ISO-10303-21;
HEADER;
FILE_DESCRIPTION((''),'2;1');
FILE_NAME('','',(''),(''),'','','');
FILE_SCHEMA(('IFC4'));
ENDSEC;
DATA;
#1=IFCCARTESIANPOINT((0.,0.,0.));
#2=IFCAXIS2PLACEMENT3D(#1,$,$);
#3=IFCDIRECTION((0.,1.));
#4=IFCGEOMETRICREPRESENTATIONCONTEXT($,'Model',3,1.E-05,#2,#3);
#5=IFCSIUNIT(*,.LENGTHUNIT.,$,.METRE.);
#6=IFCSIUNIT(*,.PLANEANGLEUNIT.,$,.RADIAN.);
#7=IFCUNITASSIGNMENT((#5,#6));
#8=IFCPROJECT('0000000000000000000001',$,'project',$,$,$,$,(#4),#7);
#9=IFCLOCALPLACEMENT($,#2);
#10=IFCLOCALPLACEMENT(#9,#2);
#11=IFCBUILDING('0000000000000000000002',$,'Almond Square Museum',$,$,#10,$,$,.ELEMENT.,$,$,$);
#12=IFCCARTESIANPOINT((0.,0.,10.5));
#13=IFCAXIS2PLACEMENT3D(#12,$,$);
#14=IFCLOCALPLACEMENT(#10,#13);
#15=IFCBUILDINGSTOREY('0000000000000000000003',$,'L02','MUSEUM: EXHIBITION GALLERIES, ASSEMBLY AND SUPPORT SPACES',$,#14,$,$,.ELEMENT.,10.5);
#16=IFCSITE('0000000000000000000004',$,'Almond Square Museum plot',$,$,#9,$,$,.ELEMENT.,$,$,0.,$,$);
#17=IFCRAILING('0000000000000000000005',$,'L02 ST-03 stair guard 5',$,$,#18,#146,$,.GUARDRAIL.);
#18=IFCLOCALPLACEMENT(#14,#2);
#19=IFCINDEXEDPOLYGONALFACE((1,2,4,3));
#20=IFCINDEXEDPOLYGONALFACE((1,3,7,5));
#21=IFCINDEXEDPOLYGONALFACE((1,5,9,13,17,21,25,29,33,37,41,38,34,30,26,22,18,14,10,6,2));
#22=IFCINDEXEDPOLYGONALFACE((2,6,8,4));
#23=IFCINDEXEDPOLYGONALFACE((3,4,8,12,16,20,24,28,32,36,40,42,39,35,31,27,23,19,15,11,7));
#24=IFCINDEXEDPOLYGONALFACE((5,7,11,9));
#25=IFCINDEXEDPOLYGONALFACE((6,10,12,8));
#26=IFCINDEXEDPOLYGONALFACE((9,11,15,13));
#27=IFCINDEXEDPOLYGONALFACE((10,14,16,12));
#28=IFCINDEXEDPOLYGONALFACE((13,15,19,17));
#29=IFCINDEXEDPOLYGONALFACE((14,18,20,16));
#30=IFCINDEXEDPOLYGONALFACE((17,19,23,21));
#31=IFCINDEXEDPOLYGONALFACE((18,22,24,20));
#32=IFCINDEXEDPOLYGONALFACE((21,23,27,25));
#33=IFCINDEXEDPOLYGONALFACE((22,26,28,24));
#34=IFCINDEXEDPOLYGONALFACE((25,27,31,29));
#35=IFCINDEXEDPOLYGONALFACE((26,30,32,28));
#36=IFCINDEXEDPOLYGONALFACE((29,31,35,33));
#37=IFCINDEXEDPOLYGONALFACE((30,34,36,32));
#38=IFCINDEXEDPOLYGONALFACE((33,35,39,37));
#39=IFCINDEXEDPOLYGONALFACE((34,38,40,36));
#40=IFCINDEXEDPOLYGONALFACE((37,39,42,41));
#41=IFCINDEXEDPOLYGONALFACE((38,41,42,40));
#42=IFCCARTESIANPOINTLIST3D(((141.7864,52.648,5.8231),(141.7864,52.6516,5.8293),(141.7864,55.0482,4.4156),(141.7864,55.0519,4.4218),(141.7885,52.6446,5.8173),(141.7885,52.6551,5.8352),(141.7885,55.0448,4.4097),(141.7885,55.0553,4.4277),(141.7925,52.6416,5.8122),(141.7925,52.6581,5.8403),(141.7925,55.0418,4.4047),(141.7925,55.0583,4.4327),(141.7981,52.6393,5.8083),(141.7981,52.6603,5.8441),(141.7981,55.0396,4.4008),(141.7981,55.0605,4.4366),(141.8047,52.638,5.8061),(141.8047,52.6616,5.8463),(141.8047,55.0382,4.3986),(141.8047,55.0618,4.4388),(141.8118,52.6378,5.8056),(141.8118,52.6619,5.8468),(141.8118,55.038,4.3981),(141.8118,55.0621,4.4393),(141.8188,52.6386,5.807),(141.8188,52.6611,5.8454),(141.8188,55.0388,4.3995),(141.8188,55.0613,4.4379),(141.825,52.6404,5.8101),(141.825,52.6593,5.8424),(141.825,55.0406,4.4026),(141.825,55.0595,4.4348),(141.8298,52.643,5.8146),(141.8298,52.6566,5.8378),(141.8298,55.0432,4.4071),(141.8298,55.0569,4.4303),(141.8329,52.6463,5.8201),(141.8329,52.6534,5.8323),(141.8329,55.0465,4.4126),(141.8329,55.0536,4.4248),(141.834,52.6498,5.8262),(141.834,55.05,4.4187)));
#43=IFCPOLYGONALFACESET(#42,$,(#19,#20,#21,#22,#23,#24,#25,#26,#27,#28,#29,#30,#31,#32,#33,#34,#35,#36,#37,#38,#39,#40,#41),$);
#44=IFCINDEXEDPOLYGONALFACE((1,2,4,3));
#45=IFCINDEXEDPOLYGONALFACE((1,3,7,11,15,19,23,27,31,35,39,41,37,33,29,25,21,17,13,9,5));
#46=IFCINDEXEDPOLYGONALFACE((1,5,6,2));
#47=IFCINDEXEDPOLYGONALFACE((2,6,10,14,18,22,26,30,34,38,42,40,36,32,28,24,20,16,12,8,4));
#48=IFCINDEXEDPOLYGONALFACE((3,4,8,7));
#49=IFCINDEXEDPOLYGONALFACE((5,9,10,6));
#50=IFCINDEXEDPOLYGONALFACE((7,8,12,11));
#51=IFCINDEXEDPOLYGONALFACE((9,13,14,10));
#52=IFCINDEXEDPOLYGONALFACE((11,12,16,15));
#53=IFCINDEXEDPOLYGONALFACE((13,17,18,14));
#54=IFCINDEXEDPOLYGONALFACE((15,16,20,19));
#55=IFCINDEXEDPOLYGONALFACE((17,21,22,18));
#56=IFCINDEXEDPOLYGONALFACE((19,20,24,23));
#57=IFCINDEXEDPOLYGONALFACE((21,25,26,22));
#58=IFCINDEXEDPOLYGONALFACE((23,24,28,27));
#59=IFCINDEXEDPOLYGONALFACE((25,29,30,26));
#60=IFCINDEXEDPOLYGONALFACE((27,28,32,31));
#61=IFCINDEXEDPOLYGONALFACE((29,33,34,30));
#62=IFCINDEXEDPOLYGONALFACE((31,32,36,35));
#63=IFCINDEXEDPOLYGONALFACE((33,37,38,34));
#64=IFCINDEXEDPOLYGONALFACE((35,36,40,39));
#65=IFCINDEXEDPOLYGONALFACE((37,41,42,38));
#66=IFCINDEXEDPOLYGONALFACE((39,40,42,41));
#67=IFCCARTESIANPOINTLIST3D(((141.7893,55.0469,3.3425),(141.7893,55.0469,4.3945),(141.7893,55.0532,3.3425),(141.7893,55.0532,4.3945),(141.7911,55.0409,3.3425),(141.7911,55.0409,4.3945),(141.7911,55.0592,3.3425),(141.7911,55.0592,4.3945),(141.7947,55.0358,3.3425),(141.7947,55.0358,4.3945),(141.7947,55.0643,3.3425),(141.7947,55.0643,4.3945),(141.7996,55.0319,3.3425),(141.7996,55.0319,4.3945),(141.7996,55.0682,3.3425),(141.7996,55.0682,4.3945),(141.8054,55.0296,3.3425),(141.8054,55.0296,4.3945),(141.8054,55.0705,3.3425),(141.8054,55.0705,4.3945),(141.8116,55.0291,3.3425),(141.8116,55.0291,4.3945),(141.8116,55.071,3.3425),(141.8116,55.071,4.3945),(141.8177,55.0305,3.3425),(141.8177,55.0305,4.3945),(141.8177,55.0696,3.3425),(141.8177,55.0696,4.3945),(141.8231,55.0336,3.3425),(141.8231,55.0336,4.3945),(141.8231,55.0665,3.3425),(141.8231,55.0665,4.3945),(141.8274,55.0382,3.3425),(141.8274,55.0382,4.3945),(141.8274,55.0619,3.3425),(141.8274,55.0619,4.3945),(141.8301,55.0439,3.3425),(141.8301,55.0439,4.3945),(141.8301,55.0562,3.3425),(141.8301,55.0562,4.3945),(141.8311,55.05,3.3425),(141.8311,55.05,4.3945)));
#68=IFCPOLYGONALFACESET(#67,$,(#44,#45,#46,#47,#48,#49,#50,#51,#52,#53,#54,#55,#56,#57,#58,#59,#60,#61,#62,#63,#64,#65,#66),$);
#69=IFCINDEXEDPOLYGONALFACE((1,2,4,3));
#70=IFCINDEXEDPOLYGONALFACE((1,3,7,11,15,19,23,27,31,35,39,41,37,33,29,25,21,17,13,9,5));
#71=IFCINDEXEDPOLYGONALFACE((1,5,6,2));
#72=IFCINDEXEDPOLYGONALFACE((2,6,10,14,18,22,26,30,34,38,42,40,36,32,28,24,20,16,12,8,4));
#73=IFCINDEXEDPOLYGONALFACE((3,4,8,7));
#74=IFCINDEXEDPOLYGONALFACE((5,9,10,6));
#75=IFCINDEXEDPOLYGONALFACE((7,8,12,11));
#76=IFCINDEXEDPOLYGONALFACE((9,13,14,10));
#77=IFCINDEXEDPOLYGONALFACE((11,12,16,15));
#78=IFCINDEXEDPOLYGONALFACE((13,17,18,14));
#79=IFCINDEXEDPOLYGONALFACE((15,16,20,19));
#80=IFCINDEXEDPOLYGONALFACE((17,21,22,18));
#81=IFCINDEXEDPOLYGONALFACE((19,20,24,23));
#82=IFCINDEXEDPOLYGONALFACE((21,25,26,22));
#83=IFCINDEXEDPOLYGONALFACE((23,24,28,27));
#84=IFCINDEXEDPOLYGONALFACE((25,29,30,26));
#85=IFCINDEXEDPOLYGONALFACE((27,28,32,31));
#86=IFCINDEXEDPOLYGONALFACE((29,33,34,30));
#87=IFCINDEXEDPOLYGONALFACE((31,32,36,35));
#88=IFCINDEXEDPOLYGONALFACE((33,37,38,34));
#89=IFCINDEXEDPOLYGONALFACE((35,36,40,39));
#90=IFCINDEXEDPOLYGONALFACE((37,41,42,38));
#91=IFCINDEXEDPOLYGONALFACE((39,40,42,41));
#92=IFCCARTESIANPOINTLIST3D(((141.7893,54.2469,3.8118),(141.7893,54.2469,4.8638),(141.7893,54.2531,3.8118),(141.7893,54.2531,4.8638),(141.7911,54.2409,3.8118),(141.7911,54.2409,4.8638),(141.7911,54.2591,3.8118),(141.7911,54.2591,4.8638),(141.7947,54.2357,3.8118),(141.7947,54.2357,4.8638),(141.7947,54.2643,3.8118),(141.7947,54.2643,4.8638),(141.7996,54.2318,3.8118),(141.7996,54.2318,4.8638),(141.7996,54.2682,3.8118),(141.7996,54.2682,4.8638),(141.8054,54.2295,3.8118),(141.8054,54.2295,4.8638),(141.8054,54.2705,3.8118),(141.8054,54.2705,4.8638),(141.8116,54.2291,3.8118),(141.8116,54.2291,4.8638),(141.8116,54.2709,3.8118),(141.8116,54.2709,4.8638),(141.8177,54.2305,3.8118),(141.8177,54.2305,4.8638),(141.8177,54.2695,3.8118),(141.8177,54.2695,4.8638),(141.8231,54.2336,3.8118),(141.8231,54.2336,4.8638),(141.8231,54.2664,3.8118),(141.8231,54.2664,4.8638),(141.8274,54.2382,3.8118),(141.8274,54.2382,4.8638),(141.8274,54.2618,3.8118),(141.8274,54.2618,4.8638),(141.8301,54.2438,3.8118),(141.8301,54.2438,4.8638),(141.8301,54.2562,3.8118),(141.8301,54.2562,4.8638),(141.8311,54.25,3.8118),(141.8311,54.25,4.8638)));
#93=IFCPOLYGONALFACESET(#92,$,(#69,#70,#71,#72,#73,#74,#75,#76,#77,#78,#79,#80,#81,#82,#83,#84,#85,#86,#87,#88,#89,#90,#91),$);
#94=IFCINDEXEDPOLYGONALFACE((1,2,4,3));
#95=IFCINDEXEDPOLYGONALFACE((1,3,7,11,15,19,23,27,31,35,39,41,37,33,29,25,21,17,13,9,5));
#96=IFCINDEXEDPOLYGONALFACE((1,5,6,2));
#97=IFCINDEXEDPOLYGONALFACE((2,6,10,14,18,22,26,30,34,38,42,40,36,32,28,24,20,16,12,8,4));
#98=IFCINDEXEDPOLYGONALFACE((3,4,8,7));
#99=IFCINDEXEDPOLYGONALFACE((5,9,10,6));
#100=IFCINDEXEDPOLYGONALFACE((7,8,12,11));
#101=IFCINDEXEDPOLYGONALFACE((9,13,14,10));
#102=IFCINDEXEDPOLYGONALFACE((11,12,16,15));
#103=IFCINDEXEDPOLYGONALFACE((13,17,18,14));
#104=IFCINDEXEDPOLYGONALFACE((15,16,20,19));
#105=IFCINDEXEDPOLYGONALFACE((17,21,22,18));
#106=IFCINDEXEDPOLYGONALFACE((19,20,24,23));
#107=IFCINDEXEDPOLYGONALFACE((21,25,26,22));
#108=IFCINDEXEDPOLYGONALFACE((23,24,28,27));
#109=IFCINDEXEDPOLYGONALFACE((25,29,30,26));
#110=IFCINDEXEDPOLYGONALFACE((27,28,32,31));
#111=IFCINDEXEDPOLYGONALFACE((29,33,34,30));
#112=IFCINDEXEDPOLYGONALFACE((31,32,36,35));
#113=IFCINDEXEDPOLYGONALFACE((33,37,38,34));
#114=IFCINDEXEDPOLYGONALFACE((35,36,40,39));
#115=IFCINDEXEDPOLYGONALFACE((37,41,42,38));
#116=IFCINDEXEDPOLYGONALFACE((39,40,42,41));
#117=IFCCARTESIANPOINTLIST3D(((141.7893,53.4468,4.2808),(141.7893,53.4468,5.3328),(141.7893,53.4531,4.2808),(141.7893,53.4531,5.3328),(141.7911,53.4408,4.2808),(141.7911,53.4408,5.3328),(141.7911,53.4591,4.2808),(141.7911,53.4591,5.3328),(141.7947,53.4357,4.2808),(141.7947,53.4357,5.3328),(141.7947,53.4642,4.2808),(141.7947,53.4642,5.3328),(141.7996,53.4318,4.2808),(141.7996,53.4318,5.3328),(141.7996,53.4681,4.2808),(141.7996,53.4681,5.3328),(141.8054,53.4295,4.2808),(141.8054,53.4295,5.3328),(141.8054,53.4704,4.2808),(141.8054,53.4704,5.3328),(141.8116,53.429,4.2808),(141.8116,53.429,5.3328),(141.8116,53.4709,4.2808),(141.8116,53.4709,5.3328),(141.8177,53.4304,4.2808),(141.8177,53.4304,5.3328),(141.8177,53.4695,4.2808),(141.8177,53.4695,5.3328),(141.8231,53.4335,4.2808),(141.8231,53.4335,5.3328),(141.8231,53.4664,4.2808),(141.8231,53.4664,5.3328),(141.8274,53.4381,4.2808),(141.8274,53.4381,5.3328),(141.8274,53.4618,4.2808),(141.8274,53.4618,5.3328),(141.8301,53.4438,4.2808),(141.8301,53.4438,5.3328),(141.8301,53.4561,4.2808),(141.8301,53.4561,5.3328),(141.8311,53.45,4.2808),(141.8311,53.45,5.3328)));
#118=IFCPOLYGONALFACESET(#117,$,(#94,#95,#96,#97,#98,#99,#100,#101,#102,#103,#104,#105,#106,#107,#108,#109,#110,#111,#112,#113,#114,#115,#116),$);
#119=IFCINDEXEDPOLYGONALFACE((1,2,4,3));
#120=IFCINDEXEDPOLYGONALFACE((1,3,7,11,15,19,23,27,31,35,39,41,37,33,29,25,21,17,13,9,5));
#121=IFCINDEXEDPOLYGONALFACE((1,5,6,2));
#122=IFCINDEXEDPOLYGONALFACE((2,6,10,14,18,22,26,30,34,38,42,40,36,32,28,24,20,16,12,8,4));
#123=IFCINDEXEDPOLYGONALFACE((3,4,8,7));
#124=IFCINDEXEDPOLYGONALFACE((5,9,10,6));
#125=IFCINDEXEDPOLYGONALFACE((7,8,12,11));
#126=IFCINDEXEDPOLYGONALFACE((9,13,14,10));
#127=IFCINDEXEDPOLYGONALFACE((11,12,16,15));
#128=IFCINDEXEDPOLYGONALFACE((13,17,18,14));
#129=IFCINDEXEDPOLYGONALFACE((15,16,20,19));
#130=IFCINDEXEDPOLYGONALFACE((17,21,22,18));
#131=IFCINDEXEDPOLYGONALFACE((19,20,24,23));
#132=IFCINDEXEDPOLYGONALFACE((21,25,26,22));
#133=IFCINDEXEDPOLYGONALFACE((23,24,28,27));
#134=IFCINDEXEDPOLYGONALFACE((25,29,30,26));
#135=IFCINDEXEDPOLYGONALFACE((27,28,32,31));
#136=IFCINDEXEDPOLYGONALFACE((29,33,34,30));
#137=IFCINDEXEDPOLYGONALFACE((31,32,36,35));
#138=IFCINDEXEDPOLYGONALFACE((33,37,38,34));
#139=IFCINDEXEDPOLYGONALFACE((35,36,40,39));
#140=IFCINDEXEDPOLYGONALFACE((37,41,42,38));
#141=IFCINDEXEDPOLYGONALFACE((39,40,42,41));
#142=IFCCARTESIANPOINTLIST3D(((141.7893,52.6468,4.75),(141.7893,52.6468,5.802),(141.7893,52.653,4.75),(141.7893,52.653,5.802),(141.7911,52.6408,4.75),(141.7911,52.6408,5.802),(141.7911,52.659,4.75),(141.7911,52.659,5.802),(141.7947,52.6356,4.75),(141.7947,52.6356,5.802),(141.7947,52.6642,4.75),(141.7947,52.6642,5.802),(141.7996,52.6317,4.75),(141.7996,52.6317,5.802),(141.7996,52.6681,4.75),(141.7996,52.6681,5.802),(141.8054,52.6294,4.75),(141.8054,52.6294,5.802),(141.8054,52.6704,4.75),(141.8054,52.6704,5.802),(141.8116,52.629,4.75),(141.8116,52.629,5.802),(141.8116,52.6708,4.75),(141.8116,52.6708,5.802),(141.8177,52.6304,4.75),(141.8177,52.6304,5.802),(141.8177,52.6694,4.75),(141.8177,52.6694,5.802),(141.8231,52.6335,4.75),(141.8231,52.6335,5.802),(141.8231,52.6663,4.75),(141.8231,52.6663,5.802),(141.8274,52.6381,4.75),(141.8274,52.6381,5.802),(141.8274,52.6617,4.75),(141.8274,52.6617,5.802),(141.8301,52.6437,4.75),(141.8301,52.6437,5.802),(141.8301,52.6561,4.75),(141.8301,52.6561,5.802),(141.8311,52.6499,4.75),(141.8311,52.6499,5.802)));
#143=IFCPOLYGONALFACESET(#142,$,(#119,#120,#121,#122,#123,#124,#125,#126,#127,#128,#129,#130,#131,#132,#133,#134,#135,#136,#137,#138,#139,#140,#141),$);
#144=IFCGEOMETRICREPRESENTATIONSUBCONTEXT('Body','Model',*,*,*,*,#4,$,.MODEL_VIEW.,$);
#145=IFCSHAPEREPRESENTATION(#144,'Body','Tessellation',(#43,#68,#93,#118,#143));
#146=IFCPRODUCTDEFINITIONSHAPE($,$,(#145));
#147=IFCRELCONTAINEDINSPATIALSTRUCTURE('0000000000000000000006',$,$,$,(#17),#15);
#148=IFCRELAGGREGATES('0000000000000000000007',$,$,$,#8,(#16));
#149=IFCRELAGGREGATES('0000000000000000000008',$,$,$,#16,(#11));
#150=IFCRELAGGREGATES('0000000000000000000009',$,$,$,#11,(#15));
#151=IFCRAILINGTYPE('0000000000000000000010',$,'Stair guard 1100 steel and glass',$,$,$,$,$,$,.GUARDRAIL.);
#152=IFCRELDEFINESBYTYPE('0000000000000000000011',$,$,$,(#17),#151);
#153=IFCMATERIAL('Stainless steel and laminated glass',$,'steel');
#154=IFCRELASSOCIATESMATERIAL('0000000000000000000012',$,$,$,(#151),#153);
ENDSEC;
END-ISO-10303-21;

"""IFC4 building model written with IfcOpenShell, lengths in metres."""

from ifc_helpers import new_model, si_unit, direction, frame, origin, origin_2d, place, context, subcontext, project, spatial, circle, extrude, material, type_object, element, save


model = new_model("IFC4")

# Units and contexts
model_context = context("Model", 3, precision=1e-05, world=origin(), true_north=direction((0.0, 1.0)))
body_context = subcontext(model_context, "Body", "Model", "MODEL_VIEW")
ifc_project = project(units=[si_unit("LENGTHUNIT", "METRE"), si_unit("PLANEANGLEUNIT", "RADIAN")], contexts=[model_context])

# Site, building, storey
site_placement = place(None, origin())
site = spatial("IfcSite", under=ifc_project, at=site_placement, Name="Almond Square Museum plot", CompositionType="ELEMENT", RefElevation=0.0)
building_placement = place(site_placement, origin())
building = spatial("IfcBuilding", under=site, at=building_placement, Name="Almond Square Museum", CompositionType="ELEMENT")
storey_placement = place(building_placement, frame((0.0, 0.0, 10.5)))
storey = spatial("IfcBuildingStorey", under=building, at=storey_placement, Name="L02", Description="MUSEUM: EXHIBITION GALLERIES, ASSEMBLY AND SUPPORT SPACES", CompositionType="ELEMENT", Elevation=10.5)

# Railing
ifc_material_1 = material(Name="Stainless steel and laminated glass", Category="steel")
railing_type_1 = type_object("IfcRailingType", Name="Stair guard 1100 steel and glass", PredefinedType="GUARDRAIL", material=ifc_material_1)
railing_1_placement = place(storey_placement, frame((141.8101, 55.05, 3.3425)))
element("IfcRailing", 1, at=railing_1_placement, inside=storey, type_object=railing_type_1, Name="L02 ST-03 stair guard 5", PredefinedType="GUARDRAIL", context=body_context, shape_type="SweptSolid", body=[
    extrude(circle(Radius=0.0239, at=origin_2d()), frame((0.0, 0.0, 1.0762), z_axis=(0.0, -0.862621, 0.50585), x_axis=(1.0, 0.0, 0.0)), (0.0, 0.0, 1.0), 2.7825),
    extrude(circle(Radius=0.021, at=origin_2d()), origin(), (0.0, 0.0, 1.0), 1.052),
    extrude(circle(Radius=0.021, at=origin_2d()), frame((0.0, -0.8, 0.4692)), (0.0, 0.0, 1.0), 1.052),
    extrude(circle(Radius=0.021, at=origin_2d()), frame((0.0, -1.6001, 0.9382)), (0.0, 0.0, 1.0), 1.052),
    extrude(circle(Radius=0.021, at=origin_2d()), frame((0.0, -2.4001, 1.4075)), (0.0, 0.0, 1.0), 1.052),
])

save(model, "model.ifc")
